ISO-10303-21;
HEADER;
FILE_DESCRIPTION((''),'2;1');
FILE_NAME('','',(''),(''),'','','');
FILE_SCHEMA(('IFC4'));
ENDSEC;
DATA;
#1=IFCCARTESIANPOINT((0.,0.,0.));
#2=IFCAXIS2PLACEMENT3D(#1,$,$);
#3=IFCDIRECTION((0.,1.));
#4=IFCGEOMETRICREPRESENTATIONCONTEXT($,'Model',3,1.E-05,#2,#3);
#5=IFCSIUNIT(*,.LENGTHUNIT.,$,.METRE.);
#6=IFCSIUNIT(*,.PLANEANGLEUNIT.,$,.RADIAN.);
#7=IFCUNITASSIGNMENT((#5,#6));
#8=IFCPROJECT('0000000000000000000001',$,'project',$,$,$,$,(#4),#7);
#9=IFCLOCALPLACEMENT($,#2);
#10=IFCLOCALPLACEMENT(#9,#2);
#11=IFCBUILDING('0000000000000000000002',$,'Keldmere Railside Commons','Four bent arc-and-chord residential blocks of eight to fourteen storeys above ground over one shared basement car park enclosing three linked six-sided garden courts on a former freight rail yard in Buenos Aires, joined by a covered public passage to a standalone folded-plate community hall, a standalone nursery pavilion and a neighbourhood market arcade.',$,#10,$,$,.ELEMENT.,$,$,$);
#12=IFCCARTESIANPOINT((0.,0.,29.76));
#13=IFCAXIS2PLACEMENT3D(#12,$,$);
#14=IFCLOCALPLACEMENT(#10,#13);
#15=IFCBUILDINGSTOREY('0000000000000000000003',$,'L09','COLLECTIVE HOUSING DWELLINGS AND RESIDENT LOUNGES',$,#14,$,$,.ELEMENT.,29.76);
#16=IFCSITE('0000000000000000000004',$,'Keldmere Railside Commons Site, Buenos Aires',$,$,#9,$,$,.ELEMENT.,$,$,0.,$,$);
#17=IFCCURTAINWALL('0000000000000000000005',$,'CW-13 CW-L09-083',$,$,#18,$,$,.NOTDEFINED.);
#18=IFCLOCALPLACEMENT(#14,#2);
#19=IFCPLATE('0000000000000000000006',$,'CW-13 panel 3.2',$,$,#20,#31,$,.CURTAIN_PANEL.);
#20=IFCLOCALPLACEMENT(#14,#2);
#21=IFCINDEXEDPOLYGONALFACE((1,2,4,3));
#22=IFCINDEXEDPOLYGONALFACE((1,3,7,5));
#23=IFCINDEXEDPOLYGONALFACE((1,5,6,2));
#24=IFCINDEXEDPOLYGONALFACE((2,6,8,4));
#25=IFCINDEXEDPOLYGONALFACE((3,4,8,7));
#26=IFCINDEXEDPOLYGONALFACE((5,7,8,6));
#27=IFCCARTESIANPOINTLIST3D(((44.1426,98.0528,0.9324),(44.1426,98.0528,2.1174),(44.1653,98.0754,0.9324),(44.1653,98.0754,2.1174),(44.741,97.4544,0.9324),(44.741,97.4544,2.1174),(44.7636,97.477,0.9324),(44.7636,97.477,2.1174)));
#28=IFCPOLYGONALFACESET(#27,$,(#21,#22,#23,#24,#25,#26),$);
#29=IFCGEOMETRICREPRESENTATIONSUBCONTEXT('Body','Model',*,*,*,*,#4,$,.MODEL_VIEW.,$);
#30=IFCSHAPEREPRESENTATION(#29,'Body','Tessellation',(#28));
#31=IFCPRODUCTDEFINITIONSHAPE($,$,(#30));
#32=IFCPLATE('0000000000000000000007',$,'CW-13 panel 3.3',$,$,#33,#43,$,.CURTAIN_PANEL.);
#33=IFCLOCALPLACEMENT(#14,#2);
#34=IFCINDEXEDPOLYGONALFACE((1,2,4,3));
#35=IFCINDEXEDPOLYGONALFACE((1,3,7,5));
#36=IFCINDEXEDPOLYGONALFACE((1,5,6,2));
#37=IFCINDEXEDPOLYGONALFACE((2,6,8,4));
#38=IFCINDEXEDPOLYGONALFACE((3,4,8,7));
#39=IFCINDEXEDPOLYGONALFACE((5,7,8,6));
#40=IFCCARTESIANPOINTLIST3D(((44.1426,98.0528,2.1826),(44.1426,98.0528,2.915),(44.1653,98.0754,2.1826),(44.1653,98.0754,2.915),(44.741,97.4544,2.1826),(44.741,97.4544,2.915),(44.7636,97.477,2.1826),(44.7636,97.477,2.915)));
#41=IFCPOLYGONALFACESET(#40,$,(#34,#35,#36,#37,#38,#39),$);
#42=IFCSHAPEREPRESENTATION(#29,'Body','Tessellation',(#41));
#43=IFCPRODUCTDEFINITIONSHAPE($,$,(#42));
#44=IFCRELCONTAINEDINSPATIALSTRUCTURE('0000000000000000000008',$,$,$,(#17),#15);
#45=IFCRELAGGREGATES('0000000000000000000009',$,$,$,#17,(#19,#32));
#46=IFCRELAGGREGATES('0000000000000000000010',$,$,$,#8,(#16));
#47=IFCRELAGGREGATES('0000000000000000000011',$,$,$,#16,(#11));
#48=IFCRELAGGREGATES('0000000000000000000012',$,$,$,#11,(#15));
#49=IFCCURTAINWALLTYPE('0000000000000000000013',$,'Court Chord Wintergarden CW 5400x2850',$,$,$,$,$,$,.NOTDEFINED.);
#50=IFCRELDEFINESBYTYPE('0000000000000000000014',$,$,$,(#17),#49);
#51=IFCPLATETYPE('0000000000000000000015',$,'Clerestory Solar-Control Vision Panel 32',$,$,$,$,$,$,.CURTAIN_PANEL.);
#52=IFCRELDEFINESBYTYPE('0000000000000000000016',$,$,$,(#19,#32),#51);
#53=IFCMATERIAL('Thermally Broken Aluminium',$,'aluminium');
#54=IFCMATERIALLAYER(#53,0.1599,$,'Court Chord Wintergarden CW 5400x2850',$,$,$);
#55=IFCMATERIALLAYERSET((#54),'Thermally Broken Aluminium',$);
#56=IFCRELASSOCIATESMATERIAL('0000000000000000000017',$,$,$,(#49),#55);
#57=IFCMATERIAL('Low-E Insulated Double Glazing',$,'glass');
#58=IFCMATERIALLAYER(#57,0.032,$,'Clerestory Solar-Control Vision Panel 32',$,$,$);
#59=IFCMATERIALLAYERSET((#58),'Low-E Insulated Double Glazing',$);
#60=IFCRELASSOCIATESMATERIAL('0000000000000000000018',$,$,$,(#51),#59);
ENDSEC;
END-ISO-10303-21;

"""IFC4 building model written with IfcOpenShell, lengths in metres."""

from ifc_helpers import new_model, si_unit, direction, frame, origin, origin_2d, place, context, subcontext, project, spatial, rectangle, extrude, material, layer, layer_set, type_object, element, aggregate, save


model = new_model("IFC4")

# Units and contexts
model_context = context("Model", 3, precision=1e-05, world=origin(), true_north=direction((0.0, 1.0)))
body_context = subcontext(model_context, "Body", "Model", "MODEL_VIEW")
ifc_project = project(units=[si_unit("LENGTHUNIT", "METRE"), si_unit("PLANEANGLEUNIT", "RADIAN")], contexts=[model_context])

# Site, building, storey
site_placement = place(None, origin())
site = spatial("IfcSite", under=ifc_project, at=site_placement, Name="Keldmere Railside Commons Site, Buenos Aires", CompositionType="ELEMENT", RefElevation=0.0)
building_placement = place(site_placement, origin())
building = spatial("IfcBuilding", under=site, at=building_placement, Name="Keldmere Railside Commons", Description="Four bent arc-and-chord residential blocks of eight to fourteen storeys above ground over one shared basement car park enclosing three linked six-sided garden courts on a former freight rail yard in Buenos Aires, joined by a covered public passage to a standalone folded-plate community hall, a standalone nursery pavilion and a neighbourhood market arcade.", CompositionType="ELEMENT")
storey_placement = place(building_placement, frame((0.0, 0.0, 29.76)))
storey = spatial("IfcBuildingStorey", under=building, at=storey_placement, Name="L09", Description="COLLECTIVE HOUSING DWELLINGS AND RESIDENT LOUNGES", CompositionType="ELEMENT", Elevation=29.76)

# Curtain wall
ifc_material_1 = material(Name="Thermally Broken Aluminium", Category="aluminium")
ifc_layer_1 = layer(ifc_material_1, 0.1599, Name="Court Chord Wintergarden CW 5400x2850")
ifc_layer_set_1 = layer_set([ifc_layer_1], Name="Thermally Broken Aluminium")
curtain_wall_type_1 = type_object("IfcCurtainWallType", Name="Court Chord Wintergarden CW 5400x2850", PredefinedType="NOTDEFINED", material=ifc_layer_set_1)
curtain_wall_1_placement = place(storey_placement, origin())
curtain_wall_1 = element("IfcCurtainWall", 1, at=curtain_wall_1_placement, inside=storey, type_object=curtain_wall_type_1, Name="CW-13 CW-L09-083", PredefinedType="NOTDEFINED")

# Plates
ifc_material_2 = material(Name="Low-E Insulated Double Glazing", Category="glass")
ifc_layer_2 = layer(ifc_material_2, 0.032, Name="Clerestory Solar-Control Vision Panel 32")
ifc_layer_set_2 = layer_set([ifc_layer_2], Name="Low-E Insulated Double Glazing")
plate_type_1 = type_object("IfcPlateType", Name="Clerestory Solar-Control Vision Panel 32", PredefinedType="CURTAIN_PANEL", material=ifc_layer_set_2)
plate_1_placement = place(storey_placement, frame((44.4531, 97.7649, 0.9324), z_axis=(0.0, 0.0, 1.0), x_axis=(-0.707107, 0.707107, 0.0)))
plate_1 = element("IfcPlate", 2, at=plate_1_placement, type_object=plate_type_1, Name="CW-13 panel 3.2", PredefinedType="CURTAIN_PANEL", context=body_context, shape_type="SweptSolid", body=[
    extrude(rectangle(XDim=0.8462, YDim=0.032, at=origin_2d()), origin(), (0.0, 0.0, 1.0), 1.1851),
])
plate_2_placement = place(storey_placement, frame((44.4531, 97.7649, 2.1826), z_axis=(0.0, 0.0, 1.0), x_axis=(-0.707107, 0.707107, 0.0)))
plate_2 = element("IfcPlate", 3, at=plate_2_placement, type_object=plate_type_1, Name="CW-13 panel 3.3", PredefinedType="CURTAIN_PANEL", context=body_context, shape_type="SweptSolid", body=[
    extrude(rectangle(XDim=0.8462, YDim=0.032, at=origin_2d()), origin(), (0.0, 0.0, 1.0), 0.7324),
])
aggregate(curtain_wall_1, [plate_1, plate_2])

save(model, "model.ifc")
